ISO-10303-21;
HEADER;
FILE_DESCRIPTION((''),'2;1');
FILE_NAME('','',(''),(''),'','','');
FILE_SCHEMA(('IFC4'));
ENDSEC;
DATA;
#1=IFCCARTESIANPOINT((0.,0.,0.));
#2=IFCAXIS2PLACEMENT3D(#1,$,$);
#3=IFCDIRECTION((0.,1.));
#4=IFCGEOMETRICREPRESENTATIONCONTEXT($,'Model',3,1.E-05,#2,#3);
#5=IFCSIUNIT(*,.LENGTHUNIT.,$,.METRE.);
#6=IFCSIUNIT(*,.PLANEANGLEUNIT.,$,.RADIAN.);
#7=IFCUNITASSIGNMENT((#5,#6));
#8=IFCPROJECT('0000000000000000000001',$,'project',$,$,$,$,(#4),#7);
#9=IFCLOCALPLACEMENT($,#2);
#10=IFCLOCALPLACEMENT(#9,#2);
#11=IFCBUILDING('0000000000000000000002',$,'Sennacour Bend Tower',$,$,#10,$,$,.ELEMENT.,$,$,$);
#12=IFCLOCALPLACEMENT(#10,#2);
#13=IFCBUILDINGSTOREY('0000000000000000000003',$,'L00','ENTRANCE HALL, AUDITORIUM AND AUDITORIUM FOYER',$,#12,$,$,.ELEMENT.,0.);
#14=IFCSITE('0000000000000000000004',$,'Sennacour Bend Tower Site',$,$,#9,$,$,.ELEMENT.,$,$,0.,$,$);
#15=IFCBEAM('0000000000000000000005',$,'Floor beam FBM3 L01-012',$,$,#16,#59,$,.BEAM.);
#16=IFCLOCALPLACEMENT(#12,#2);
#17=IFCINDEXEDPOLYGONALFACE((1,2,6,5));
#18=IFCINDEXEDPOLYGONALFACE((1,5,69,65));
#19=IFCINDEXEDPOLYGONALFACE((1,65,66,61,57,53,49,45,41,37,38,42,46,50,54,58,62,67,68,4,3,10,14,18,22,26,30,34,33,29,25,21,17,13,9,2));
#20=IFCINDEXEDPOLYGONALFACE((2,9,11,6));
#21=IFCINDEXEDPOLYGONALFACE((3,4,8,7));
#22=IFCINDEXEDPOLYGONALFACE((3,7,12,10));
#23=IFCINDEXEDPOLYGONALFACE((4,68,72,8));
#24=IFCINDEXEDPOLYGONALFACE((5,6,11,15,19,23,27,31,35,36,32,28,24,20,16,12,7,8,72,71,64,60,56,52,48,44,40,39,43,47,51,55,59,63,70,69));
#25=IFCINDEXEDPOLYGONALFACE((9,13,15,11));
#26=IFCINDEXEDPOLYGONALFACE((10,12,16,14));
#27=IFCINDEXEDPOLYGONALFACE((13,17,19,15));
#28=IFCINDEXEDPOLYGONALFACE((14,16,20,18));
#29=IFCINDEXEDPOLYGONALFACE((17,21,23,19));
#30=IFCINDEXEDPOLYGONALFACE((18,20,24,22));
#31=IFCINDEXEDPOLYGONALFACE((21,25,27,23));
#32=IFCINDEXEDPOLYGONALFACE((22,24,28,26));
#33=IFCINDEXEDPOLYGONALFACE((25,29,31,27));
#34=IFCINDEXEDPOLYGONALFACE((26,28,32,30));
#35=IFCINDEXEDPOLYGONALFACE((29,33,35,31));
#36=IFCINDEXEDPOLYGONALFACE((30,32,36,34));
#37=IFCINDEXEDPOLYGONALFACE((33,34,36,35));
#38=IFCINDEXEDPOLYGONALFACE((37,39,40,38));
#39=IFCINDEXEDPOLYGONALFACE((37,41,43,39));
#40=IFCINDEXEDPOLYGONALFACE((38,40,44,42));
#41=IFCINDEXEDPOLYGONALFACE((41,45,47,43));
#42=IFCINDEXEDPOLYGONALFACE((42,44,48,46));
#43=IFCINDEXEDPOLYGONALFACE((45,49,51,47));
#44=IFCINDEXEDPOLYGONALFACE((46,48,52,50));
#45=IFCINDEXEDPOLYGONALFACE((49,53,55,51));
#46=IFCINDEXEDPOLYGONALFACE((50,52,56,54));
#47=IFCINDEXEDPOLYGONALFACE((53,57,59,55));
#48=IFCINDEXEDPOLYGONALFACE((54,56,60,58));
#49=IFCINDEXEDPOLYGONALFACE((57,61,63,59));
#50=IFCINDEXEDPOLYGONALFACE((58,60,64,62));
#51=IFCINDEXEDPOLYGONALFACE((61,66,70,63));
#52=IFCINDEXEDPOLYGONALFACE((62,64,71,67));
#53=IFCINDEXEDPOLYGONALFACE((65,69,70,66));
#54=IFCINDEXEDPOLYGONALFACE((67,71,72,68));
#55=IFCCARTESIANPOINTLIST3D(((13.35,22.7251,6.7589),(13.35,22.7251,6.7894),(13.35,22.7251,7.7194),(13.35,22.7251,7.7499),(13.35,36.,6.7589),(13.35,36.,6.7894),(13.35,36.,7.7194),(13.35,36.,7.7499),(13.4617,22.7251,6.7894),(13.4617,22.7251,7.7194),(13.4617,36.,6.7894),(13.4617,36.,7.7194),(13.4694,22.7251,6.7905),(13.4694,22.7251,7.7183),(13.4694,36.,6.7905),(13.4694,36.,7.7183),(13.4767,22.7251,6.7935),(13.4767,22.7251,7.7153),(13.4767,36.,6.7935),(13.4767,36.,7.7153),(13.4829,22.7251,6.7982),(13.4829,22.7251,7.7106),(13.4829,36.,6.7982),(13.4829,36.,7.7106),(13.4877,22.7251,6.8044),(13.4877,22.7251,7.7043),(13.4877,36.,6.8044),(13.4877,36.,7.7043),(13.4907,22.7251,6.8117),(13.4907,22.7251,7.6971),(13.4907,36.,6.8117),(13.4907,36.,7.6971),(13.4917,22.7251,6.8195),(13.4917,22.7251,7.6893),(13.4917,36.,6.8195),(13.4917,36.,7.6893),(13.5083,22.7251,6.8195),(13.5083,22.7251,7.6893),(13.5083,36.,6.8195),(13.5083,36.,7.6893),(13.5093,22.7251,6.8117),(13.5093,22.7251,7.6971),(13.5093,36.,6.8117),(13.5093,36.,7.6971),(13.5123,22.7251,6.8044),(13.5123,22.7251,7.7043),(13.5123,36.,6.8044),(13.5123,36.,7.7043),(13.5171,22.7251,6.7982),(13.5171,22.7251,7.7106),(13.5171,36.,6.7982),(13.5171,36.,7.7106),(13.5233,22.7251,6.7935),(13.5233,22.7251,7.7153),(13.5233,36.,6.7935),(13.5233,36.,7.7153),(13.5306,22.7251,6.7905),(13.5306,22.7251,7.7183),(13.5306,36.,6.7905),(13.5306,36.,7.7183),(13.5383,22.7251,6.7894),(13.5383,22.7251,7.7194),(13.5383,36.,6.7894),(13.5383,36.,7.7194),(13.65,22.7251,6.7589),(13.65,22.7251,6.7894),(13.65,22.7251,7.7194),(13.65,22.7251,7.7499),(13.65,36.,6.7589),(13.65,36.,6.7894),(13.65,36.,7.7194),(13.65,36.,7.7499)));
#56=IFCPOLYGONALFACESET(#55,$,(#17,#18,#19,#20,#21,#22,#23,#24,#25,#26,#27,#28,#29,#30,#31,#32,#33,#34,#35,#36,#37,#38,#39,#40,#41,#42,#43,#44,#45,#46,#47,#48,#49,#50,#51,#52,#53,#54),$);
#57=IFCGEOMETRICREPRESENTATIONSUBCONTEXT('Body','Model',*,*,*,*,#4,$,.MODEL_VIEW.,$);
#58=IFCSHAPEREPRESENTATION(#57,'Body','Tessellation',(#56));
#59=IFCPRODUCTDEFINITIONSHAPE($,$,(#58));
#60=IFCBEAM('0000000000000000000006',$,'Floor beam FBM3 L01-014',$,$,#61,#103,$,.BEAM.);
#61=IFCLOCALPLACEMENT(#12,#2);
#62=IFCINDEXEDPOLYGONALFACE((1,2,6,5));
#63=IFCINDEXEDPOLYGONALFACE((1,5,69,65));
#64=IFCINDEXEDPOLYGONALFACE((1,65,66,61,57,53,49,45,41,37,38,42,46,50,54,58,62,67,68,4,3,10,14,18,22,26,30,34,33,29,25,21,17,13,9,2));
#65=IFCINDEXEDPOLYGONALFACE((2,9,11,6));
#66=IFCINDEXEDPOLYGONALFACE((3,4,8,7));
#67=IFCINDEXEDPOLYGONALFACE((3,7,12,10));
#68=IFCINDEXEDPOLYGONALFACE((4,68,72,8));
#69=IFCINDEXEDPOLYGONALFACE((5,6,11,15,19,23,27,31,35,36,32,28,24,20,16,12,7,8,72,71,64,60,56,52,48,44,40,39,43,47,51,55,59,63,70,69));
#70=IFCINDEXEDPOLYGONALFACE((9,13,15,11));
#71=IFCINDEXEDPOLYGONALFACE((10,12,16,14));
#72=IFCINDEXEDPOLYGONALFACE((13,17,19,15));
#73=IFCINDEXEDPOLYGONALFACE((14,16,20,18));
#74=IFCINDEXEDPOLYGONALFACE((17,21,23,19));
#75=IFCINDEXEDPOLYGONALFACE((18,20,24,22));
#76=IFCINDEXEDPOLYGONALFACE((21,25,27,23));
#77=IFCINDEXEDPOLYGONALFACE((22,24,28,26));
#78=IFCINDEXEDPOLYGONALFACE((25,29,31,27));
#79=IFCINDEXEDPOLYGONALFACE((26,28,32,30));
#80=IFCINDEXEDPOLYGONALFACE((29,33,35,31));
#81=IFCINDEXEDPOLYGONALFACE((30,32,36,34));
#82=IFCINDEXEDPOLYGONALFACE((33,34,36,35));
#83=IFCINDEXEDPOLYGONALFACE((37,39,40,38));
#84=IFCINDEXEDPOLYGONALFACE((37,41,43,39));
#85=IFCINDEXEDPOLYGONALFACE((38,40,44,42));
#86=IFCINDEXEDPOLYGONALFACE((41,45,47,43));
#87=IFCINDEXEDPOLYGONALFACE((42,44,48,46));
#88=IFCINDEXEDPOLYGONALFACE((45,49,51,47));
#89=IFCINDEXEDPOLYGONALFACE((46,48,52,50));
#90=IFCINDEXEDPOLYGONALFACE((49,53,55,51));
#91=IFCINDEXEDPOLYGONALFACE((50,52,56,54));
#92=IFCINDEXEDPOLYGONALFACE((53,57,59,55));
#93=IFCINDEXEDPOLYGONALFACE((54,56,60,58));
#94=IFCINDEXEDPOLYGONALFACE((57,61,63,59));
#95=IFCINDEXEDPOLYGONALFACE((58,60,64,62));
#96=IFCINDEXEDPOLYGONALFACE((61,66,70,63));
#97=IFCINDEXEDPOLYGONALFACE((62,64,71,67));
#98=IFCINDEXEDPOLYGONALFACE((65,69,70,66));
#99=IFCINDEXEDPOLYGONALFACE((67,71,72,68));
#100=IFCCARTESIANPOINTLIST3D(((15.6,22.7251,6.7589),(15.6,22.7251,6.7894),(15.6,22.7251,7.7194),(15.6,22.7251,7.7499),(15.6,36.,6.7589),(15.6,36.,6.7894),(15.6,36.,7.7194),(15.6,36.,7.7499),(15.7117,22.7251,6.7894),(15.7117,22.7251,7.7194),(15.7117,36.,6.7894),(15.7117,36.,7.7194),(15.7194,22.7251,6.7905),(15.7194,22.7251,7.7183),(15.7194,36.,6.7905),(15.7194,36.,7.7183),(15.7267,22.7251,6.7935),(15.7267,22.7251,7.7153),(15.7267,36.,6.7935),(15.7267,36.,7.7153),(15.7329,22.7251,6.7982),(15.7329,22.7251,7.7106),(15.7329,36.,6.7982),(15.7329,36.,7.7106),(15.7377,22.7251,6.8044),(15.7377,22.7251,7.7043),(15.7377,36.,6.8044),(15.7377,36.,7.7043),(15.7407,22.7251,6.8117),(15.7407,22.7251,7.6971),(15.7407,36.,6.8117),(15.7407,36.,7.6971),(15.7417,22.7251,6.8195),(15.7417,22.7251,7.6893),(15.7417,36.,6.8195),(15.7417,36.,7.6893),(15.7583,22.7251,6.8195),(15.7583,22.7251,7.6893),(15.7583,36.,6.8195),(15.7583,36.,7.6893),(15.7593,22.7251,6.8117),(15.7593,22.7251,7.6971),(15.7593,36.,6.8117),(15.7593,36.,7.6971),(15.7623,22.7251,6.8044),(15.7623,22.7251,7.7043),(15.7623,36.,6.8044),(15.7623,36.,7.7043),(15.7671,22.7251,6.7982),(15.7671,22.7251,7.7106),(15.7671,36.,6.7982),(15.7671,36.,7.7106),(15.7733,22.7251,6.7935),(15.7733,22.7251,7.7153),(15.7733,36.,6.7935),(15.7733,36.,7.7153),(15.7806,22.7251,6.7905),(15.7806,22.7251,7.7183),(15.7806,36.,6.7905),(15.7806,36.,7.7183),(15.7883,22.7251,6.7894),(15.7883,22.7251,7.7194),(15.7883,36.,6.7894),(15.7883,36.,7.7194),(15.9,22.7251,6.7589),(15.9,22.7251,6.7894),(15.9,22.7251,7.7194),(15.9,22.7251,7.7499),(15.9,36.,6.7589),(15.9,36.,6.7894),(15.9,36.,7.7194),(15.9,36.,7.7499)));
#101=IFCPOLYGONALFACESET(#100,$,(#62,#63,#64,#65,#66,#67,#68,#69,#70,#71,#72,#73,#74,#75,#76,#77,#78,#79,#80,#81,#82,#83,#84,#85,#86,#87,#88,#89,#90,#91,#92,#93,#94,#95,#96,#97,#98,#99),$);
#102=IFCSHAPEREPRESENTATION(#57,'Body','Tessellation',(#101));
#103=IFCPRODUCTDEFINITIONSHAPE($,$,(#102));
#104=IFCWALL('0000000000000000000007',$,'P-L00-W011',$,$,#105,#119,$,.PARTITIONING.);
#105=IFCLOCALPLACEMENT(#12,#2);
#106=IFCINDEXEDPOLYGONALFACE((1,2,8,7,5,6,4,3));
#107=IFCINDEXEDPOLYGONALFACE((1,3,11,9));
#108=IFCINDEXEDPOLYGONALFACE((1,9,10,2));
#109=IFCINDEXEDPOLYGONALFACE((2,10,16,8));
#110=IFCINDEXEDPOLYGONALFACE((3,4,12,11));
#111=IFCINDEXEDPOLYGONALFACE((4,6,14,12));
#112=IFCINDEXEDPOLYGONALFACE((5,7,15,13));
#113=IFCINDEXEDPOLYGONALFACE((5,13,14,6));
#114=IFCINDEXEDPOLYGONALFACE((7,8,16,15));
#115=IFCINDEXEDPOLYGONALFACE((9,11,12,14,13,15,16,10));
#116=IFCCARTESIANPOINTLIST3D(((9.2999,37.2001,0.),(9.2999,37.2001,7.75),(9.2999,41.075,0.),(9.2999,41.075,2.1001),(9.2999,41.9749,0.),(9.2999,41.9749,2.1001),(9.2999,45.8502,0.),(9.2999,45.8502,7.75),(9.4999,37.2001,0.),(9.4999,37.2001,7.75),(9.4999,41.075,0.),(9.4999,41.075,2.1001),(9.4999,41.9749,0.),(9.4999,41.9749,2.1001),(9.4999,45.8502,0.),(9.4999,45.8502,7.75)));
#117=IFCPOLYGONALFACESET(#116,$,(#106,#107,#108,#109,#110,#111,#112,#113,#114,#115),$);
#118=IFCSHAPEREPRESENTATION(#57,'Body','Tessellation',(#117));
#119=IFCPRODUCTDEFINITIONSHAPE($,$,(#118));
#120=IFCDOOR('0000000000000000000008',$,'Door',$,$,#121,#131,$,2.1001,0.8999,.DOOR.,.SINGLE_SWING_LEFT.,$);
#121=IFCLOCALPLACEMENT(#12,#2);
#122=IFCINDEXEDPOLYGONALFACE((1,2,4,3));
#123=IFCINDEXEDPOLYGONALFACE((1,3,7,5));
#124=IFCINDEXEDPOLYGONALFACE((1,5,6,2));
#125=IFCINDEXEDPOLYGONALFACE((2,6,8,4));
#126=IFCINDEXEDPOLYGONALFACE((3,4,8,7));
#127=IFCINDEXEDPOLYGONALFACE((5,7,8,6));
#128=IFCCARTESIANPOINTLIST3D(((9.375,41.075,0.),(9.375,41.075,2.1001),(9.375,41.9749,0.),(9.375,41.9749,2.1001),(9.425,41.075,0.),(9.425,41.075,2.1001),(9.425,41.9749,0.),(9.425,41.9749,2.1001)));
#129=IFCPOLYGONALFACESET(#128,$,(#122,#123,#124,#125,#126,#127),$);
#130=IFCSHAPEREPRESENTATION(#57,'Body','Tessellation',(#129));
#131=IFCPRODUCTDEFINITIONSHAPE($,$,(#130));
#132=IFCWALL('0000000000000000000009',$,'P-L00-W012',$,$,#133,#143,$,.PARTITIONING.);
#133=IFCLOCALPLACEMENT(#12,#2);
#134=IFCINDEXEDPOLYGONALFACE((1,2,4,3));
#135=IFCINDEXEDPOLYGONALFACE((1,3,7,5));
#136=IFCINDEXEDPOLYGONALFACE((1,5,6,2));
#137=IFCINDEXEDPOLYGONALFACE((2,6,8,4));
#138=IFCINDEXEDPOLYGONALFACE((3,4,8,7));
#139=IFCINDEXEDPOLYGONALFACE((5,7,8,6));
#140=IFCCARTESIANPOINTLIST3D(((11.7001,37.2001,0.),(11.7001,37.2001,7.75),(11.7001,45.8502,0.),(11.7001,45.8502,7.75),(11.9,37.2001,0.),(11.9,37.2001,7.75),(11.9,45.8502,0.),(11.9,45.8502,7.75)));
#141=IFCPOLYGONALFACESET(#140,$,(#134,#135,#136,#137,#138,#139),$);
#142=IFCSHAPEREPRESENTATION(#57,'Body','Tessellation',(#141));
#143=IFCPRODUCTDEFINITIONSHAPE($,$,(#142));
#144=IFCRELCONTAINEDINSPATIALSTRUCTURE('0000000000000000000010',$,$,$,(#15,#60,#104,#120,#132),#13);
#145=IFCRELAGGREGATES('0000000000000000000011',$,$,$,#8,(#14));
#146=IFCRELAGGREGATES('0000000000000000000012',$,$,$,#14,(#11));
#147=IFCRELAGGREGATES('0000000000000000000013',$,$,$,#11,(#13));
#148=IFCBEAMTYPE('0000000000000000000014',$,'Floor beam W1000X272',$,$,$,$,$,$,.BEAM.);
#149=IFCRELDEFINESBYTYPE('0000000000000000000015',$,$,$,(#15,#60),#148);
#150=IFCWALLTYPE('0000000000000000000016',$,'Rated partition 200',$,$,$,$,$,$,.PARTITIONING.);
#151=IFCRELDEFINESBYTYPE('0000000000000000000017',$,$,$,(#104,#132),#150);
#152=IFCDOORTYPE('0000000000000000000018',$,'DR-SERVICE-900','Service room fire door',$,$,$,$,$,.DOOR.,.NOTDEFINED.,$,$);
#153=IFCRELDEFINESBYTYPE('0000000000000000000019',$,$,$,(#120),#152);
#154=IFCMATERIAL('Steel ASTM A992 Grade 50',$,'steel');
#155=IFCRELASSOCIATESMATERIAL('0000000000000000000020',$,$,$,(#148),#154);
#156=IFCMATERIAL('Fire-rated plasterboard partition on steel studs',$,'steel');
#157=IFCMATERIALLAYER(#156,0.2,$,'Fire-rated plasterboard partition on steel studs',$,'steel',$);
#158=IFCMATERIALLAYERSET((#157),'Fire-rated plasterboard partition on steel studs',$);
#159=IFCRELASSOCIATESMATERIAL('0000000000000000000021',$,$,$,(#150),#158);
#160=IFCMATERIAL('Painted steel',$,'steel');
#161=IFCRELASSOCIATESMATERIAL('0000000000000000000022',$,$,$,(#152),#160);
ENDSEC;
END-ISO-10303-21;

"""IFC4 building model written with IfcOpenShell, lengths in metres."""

from ifc_helpers import new_model, si_unit, direction, frame, frame_2d, origin, origin_2d, place, context, subcontext, project, spatial, rectangle, i_section, extrude, material, layer, layer_set, material_profile, profile_set, type_object, element, fill, save


model = new_model("IFC4")

# Units and contexts
model_context = context("Model", 3, precision=1e-05, world=origin(), true_north=direction((0.0, 1.0)))
body_context = subcontext(model_context, "Body", "Model", "MODEL_VIEW")
ifc_project = project(units=[si_unit("LENGTHUNIT", "METRE"), si_unit("PLANEANGLEUNIT", "RADIAN")], contexts=[model_context])

# Site, building, storey
site_placement = place(None, origin())
site = spatial("IfcSite", under=ifc_project, at=site_placement, Name="Sennacour Bend Tower Site", CompositionType="ELEMENT", RefElevation=0.0)
building_placement = place(site_placement, origin())
building = spatial("IfcBuilding", under=site, at=building_placement, Name="Sennacour Bend Tower", CompositionType="ELEMENT")
storey_placement = place(building_placement, origin())
storey = spatial("IfcBuildingStorey", under=building, at=storey_placement, Name="L00", Description="ENTRANCE HALL, AUDITORIUM AND AUDITORIUM FOYER", CompositionType="ELEMENT", Elevation=0.0)

# Beams
ifc_material_1 = material(Name="Steel ASTM A992 Grade 50", Category="steel")
ifc_material_profile_1 = material_profile(ifc_material_1, i_section(OverallWidth=0.3, OverallDepth=0.991, WebThickness=0.0166, FlangeThickness=0.0305, FilletRadius=0.03, at=origin_2d()), Name="Steel ASTM A992 Grade 50", Category="steel")
ifc_profile_set_1 = profile_set([ifc_material_profile_1], Name="Steel ASTM A992 Grade 50")
beam_type = type_object("IfcBeamType", Name="Floor beam W1000X272", PredefinedType="BEAM", material=ifc_profile_set_1)
for number, where, z_axis, x_axis, name in (
    (1, (13.5, 22.7251, 7.2544), (0.0, 1.0, 0.0), (-1.0, 0.0, 0.0), "Floor beam FBM3 L01-012"),
    (2, (15.75, 22.7251, 7.2544), (0.0, 1.0, 0.0), (-1.0, 0.0, 0.0), "Floor beam FBM3 L01-014"),
):
    element("IfcBeam", number, at=place(storey_placement, frame(where, z_axis=z_axis, x_axis=x_axis)), inside=storey, type_object=beam_type, Name=name, PredefinedType="BEAM", context=body_context, shape_type="SweptSolid", body=[
        extrude(i_section(OverallWidth=0.3, OverallDepth=0.991, WebThickness=0.0166, FlangeThickness=0.0305, FilletRadius=0.03, at=origin_2d()), origin(), (0.0, 0.0, 1.0), 13.2749),
    ])

# Wall, opening, door
ifc_material_2 = material(Name="Fire-rated plasterboard partition on steel studs", Category="steel")
ifc_layer_1 = layer(ifc_material_2, 0.2, Name="Fire-rated plasterboard partition on steel studs", Category="steel")
ifc_layer_set_1 = layer_set([ifc_layer_1], Name="Fire-rated plasterboard partition on steel studs")
wall_type_1 = type_object("IfcWallType", Name="Rated partition 200", PredefinedType="PARTITIONING", material=ifc_layer_set_1)
wall_1_placement = place(storey_placement, frame((9.3999, 37.2, 0.0), z_axis=(0.0, 0.0, 1.0), x_axis=(0.0, 1.0, 0.0)))
wall_1 = element("IfcWall", 3, at=wall_1_placement, inside=storey, type_object=wall_type_1, Name="P-L00-W011", PredefinedType="PARTITIONING", context=body_context, shape_type="SweptSolid", body=[
    extrude(rectangle(XDim=8.6501, YDim=0.2, at=frame_2d((4.3252, 0.0))), origin(), (0.0, 0.0, 1.0), 7.75),
])
opening_1_placement = place(wall_1_placement, frame((3.875, 0.0, 0.0)))
opening_1 = element("IfcOpeningElement", 4, at=opening_1_placement, cuts=wall_1, PredefinedType="OPENING", context=body_context, shape_type="SweptSolid", body=[
    extrude(rectangle(XDim=0.8999, YDim=2.1001, at=frame_2d((0.45, 1.05))), frame((0.0, 0.1099, 0.0), z_axis=(0.0, -1.0, 0.0), x_axis=(1.0, 0.0, 0.0)), (0.0, 0.0, 1.0), 0.22),
])
ifc_material_3 = material(Name="Painted steel", Category="steel")
door_type_1 = type_object("IfcDoorType", Name="DR-SERVICE-900", Description="Service room fire door", OperationType="NOTDEFINED", PredefinedType="DOOR", material=ifc_material_3)
door_1_placement = place(opening_1_placement, origin())
door_1 = element("IfcDoor", 5, at=door_1_placement, inside=storey, type_object=door_type_1, Name="Door", OperationType="SINGLE_SWING_LEFT", OverallHeight=2.1001, OverallWidth=0.8999, PredefinedType="DOOR", context=body_context, shape_type="SweptSolid", body=[
    extrude(rectangle(XDim=0.8999, YDim=2.1001, at=frame_2d((0.45, 1.05))), frame((0.0, 0.0249, 0.0), z_axis=(0.0, -1.0, 0.0), x_axis=(1.0, 0.0, 0.0)), (0.0, 0.0, 1.0), 0.05),
])
fill(opening_1, door_1)

# Wall
wall_2_placement = place(storey_placement, frame((11.8, 37.2, 0.0), z_axis=(0.0, 0.0, 1.0), x_axis=(0.0, 1.0, 0.0)))
element("IfcWall", 6, at=wall_2_placement, inside=storey, type_object=wall_type_1, Name="P-L00-W012", PredefinedType="PARTITIONING", context=body_context, shape_type="SweptSolid", body=[
    extrude(rectangle(XDim=8.6501, YDim=0.2, at=frame_2d((4.3252, 0.0))), origin(), (0.0, 0.0, 1.0), 7.75),
])

save(model, "model.ifc")
